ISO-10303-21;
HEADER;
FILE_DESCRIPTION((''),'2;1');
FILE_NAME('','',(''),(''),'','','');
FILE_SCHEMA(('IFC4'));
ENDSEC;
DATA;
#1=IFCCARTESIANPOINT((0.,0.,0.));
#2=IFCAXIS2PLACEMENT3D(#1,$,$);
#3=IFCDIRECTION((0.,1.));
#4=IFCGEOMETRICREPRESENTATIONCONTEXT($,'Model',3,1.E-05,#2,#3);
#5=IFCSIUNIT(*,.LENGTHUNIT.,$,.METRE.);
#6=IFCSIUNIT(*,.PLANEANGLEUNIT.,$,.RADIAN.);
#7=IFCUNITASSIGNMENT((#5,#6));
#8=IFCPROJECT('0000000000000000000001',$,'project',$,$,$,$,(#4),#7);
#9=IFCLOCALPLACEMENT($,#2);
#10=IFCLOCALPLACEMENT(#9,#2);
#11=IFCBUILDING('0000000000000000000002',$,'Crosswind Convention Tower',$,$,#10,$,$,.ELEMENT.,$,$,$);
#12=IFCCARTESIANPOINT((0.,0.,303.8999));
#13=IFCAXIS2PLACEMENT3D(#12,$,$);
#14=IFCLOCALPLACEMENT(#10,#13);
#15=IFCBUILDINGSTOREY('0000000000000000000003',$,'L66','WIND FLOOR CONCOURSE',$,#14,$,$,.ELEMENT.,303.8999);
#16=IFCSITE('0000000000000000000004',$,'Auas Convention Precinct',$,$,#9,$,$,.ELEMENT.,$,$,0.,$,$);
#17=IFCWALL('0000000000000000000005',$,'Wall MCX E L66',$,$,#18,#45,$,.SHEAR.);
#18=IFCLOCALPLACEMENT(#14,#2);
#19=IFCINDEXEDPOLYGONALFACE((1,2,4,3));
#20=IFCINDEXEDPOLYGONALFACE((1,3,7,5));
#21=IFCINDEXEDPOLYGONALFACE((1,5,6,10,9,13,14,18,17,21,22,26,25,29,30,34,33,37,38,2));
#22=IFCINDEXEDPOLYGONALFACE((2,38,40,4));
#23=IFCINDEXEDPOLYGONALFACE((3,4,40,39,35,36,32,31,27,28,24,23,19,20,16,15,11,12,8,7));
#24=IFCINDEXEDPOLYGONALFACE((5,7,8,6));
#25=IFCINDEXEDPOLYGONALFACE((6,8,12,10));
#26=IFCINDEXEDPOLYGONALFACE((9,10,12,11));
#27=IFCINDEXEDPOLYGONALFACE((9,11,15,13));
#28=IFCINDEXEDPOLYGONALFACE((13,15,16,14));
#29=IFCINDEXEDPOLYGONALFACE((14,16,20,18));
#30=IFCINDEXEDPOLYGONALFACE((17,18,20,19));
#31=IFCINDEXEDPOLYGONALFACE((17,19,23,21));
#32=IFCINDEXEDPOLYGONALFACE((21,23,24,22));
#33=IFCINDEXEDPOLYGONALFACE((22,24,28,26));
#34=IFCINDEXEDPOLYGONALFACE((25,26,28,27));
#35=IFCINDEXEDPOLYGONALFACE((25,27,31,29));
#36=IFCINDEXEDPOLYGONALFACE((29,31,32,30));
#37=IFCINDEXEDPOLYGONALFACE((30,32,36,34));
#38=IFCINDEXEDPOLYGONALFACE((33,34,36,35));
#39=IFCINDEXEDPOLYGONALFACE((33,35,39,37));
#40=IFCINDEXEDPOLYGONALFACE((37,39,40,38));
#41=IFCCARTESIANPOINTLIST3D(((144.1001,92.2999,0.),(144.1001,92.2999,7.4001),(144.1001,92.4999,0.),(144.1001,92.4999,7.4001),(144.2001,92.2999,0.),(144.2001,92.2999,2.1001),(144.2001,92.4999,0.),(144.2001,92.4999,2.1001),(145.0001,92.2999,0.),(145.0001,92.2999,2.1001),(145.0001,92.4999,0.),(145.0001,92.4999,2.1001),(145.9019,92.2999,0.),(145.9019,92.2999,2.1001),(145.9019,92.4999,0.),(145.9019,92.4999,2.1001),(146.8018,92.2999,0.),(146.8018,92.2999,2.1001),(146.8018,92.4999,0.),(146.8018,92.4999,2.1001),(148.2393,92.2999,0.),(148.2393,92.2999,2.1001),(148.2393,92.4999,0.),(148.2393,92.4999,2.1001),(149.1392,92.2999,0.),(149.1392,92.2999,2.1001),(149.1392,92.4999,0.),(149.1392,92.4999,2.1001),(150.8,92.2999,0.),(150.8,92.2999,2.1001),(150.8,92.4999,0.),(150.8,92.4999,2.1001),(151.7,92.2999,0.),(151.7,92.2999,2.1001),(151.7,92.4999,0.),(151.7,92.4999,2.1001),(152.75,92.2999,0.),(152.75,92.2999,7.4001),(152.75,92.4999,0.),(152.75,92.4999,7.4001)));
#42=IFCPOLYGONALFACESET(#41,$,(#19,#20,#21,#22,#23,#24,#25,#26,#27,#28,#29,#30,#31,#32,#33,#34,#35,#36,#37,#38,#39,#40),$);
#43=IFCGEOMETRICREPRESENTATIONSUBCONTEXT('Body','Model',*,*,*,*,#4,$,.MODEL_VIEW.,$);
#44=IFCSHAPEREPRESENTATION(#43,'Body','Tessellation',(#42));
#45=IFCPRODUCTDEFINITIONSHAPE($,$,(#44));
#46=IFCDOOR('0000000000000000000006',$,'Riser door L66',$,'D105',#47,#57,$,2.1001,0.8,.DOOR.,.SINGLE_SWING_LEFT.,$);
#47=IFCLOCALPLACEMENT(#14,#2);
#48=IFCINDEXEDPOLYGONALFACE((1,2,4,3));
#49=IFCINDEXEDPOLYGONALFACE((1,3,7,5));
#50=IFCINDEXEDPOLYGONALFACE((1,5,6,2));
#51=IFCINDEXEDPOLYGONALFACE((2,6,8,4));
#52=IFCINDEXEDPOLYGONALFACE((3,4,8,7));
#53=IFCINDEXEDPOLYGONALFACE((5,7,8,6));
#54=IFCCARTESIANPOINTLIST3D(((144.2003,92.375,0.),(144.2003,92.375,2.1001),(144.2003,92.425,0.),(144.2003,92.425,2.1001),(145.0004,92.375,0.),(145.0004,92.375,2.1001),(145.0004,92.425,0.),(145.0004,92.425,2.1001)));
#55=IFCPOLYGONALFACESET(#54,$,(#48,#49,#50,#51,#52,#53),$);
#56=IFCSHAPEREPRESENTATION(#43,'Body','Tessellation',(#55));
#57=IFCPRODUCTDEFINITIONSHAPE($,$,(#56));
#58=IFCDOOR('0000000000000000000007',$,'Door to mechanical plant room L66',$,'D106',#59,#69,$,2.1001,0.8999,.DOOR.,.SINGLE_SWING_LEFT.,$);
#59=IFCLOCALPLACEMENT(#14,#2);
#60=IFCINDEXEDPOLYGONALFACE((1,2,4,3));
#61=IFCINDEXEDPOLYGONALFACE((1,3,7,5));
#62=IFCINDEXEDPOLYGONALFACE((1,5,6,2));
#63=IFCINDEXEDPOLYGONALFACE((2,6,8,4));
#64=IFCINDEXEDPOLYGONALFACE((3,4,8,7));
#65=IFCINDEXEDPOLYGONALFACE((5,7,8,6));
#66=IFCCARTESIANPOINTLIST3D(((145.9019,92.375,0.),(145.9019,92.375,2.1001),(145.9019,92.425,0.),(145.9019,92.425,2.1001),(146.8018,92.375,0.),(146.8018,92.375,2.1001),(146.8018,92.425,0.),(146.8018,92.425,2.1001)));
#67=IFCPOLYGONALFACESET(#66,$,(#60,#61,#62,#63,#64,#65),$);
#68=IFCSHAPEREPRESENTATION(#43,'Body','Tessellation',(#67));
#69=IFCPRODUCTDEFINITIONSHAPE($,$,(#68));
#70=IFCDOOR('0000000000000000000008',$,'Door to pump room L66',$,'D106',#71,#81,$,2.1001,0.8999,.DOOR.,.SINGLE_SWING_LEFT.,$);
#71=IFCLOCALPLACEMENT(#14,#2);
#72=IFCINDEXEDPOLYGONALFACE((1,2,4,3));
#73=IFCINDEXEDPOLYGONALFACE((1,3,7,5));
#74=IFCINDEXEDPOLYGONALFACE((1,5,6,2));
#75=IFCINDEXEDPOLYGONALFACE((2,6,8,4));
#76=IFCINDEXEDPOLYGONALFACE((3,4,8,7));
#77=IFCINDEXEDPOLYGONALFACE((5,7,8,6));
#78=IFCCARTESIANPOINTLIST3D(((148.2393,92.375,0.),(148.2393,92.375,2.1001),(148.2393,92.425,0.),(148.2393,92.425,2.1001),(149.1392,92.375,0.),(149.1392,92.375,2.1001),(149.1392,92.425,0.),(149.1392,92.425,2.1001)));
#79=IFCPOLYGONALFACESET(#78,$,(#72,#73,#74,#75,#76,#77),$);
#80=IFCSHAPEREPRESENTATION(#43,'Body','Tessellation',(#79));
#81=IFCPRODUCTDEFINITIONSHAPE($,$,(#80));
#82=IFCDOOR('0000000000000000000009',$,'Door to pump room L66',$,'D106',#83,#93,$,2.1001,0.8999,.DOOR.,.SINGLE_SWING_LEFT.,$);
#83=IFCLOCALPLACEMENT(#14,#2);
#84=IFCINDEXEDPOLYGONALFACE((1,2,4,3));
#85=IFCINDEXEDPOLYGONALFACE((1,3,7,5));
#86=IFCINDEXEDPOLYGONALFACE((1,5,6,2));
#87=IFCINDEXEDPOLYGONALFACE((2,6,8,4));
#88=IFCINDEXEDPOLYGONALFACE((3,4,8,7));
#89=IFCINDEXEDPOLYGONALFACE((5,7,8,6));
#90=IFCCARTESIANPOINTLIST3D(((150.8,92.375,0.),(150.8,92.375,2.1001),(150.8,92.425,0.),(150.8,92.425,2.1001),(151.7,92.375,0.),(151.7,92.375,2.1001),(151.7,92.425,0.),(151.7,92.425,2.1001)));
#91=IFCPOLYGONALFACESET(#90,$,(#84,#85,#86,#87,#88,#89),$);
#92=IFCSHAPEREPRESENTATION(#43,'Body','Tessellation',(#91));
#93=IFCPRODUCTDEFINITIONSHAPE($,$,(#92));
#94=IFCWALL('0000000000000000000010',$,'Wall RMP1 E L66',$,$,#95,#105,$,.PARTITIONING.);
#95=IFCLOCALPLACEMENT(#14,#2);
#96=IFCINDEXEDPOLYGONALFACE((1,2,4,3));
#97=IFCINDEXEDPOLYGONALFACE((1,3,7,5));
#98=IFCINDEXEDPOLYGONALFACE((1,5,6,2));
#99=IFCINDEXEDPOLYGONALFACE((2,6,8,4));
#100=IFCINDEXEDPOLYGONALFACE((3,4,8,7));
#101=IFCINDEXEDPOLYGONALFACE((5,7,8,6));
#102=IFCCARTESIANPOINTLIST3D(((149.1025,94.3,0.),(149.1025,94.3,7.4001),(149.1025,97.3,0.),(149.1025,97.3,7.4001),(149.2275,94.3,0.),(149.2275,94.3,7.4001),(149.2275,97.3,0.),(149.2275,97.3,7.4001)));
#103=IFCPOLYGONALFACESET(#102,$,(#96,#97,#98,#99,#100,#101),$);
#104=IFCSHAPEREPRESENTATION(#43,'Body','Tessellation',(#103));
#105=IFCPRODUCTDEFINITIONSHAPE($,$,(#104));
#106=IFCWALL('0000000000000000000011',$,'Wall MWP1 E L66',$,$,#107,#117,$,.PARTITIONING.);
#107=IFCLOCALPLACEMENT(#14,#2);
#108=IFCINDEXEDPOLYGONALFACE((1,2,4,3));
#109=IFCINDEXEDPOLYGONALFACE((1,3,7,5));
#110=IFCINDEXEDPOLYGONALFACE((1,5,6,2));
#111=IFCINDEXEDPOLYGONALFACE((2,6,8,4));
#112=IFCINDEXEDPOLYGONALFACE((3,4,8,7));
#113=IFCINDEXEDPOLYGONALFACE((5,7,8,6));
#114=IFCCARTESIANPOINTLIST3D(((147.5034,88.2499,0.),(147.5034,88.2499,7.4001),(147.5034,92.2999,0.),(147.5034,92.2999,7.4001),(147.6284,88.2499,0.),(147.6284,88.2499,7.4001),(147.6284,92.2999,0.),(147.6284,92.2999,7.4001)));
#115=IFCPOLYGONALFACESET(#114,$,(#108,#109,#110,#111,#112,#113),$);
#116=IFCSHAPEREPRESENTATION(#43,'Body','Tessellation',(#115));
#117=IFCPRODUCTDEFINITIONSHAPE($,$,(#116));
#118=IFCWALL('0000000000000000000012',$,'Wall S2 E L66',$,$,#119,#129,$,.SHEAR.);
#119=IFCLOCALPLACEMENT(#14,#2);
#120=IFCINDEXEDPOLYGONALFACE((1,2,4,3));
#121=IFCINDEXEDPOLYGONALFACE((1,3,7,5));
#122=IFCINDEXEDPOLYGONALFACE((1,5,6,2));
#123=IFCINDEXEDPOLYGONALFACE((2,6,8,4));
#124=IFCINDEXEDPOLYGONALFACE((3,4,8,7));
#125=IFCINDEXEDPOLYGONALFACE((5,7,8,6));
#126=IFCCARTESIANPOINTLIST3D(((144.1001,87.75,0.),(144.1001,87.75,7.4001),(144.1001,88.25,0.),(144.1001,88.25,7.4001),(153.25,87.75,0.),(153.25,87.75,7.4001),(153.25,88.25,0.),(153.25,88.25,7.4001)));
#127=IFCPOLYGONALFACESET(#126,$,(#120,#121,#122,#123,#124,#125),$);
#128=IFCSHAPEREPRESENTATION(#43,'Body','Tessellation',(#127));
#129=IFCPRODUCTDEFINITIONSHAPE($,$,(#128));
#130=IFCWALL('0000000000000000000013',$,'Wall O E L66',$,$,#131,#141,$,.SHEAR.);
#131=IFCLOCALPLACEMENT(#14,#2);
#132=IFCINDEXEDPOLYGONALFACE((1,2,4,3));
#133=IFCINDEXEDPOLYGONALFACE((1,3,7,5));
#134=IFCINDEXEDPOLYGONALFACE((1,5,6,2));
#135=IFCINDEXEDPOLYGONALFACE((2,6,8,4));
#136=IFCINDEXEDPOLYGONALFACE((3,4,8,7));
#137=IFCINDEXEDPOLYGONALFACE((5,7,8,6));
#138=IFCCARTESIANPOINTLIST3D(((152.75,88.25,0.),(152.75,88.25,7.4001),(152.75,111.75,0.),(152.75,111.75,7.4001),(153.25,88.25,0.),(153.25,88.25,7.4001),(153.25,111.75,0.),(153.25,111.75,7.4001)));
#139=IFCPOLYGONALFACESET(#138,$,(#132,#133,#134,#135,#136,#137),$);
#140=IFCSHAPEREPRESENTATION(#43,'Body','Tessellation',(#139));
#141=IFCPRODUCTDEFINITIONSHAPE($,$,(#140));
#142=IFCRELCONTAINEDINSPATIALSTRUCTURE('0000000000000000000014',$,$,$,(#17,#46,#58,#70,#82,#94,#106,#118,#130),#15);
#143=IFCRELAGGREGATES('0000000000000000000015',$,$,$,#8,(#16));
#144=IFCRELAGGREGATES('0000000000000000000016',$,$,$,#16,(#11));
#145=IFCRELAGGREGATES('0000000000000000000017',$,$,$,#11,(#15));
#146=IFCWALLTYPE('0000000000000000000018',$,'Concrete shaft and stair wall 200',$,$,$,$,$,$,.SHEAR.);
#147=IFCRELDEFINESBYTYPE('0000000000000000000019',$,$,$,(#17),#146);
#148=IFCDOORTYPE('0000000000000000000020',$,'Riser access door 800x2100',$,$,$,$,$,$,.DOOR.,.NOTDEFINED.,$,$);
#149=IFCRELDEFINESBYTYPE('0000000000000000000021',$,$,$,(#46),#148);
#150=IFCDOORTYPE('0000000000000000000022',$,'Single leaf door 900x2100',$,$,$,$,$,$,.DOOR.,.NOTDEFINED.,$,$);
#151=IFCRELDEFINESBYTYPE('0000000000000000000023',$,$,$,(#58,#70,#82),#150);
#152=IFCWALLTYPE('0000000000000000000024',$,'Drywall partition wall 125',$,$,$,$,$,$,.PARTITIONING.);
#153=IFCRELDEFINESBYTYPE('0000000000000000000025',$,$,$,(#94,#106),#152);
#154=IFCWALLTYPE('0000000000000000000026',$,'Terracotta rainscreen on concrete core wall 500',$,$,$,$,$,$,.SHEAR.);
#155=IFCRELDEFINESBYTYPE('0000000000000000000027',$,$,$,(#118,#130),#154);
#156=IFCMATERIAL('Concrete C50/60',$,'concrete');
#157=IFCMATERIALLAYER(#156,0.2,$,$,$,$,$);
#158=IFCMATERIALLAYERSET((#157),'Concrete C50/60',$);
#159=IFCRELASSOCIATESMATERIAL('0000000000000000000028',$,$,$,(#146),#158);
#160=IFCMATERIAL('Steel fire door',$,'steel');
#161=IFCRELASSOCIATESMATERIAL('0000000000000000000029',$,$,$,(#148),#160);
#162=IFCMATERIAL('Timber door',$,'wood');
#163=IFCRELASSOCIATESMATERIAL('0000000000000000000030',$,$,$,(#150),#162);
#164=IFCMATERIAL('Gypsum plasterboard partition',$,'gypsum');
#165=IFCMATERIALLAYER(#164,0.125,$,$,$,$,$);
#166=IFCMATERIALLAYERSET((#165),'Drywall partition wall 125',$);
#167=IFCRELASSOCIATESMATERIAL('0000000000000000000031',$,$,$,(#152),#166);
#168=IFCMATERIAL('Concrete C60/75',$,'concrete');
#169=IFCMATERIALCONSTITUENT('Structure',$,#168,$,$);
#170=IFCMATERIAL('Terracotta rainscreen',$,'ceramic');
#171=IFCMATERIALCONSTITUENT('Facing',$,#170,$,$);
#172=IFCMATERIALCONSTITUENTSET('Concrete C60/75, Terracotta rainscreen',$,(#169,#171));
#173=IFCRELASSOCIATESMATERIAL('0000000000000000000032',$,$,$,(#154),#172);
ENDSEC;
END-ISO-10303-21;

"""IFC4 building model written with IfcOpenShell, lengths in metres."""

from ifc_helpers import new_model, si_unit, direction, frame, frame_2d, origin, place, context, subcontext, project, spatial, rectangle, extrude, material, layer, layer_set, constituent, constituent_set, type_object, element, fill, save


model = new_model("IFC4")

# Units and contexts
model_context = context("Model", 3, precision=1e-05, world=origin(), true_north=direction((0.0, 1.0)))
body_context = subcontext(model_context, "Body", "Model", "MODEL_VIEW")
ifc_project = project(units=[si_unit("LENGTHUNIT", "METRE"), si_unit("PLANEANGLEUNIT", "RADIAN")], contexts=[model_context])

# Site, building, storey
site_placement = place(None, origin())
site = spatial("IfcSite", under=ifc_project, at=site_placement, Name="Auas Convention Precinct", CompositionType="ELEMENT", RefElevation=0.0)
building_placement = place(site_placement, origin())
building = spatial("IfcBuilding", under=site, at=building_placement, Name="Crosswind Convention Tower", CompositionType="ELEMENT")
storey_placement = place(building_placement, frame((0.0, 0.0, 303.8999)))
storey = spatial("IfcBuildingStorey", under=building, at=storey_placement, Name="L66", Description="WIND FLOOR CONCOURSE", CompositionType="ELEMENT", Elevation=303.8999)

# Shared definitions
ifc_material_1 = material(Name="Concrete C50/60", Category="concrete")
ifc_layer_1 = layer(ifc_material_1, 0.2)
ifc_layer_set_1 = layer_set([ifc_layer_1], Name="Concrete C50/60")
wall_type_1 = type_object("IfcWallType", Name="Concrete shaft and stair wall 200", PredefinedType="SHEAR", material=ifc_layer_set_1)

# Shared definitions
ifc_material_2 = material(Name="Steel fire door", Category="steel")

# Wall, openings, doors
wall_1_placement = place(storey_placement, frame((144.1001, 92.3999, 0.0), z_axis=(0.0, 0.0, 1.0), x_axis=(1.0, 0.0, 0.0)))
wall_1 = element("IfcWall", 1, at=wall_1_placement, inside=storey, type_object=wall_type_1, Name="Wall MCX E L66", PredefinedType="SHEAR", context=body_context, shape_type="SweptSolid", body=[
    extrude(rectangle(XDim=8.6499, YDim=0.2, at=frame_2d((4.325, 0.0))), origin(), (0.0, 0.0, 1.0), 7.4001),
])
opening_1_placement = place(wall_1_placement, frame((0.1001, 0.0, 0.0)))
opening_1 = element("IfcOpeningElement", 2, at=opening_1_placement, cuts=wall_1, PredefinedType="OPENING", context=body_context, shape_type="SweptSolid", body=[
    extrude(rectangle(XDim=0.8, YDim=2.1001, at=frame_2d((0.3999, 1.05))), frame((0.0, 0.1099, 0.0), z_axis=(0.0, -1.0, 0.0), x_axis=(1.0, 0.0, 0.0)), (0.0, 0.0, 1.0), 0.22),
])
opening_2_placement = place(wall_1_placement, frame((1.8018, 0.0, 0.0)))
opening_2 = element("IfcOpeningElement", 3, at=opening_2_placement, cuts=wall_1, PredefinedType="OPENING", context=body_context, shape_type="SweptSolid", body=[
    extrude(rectangle(XDim=0.8999, YDim=2.1001, at=frame_2d((0.45, 1.05))), frame((0.0, 0.1099, 0.0), z_axis=(0.0, -1.0, 0.0), x_axis=(1.0, 0.0, 0.0)), (0.0, 0.0, 1.0), 0.22),
])
opening_3_placement = place(wall_1_placement, frame((4.1392, 0.0, 0.0)))
opening_3 = element("IfcOpeningElement", 4, at=opening_3_placement, cuts=wall_1, PredefinedType="OPENING", context=body_context, shape_type="SweptSolid", body=[
    extrude(rectangle(XDim=0.8999, YDim=2.1001, at=frame_2d((0.45, 1.05))), frame((0.0, 0.1099, 0.0), z_axis=(0.0, -1.0, 0.0), x_axis=(1.0, 0.0, 0.0)), (0.0, 0.0, 1.0), 0.22),
])
opening_4_placement = place(wall_1_placement, frame((6.7, 0.0, 0.0)))
opening_4 = element("IfcOpeningElement", 5, at=opening_4_placement, cuts=wall_1, PredefinedType="OPENING", context=body_context, shape_type="SweptSolid", body=[
    extrude(rectangle(XDim=0.8999, YDim=2.1001, at=frame_2d((0.45, 1.05))), frame((0.0, 0.1099, 0.0), z_axis=(0.0, -1.0, 0.0), x_axis=(1.0, 0.0, 0.0)), (0.0, 0.0, 1.0), 0.22),
])
door_type_1 = type_object("IfcDoorType", Name="Riser access door 800x2100", OperationType="NOTDEFINED", PredefinedType="DOOR", material=ifc_material_2)
door_1_placement = place(opening_1_placement, frame((0.8, 0.0, 0.0), z_axis=(0.0, 0.0, 1.0), x_axis=(-1.0, 0.0, 0.0)))
door_1 = element("IfcDoor", 6, at=door_1_placement, inside=storey, type_object=door_type_1, Name="Riser door L66", ObjectType="D105", OperationType="SINGLE_SWING_LEFT", OverallHeight=2.1001, OverallWidth=0.8, PredefinedType="DOOR", context=body_context, shape_type="SweptSolid", body=[
    extrude(rectangle(XDim=0.8, YDim=2.1001, at=frame_2d((0.3999, 1.05))), frame((0.0, 0.0249, 0.0), z_axis=(0.0, -1.0, 0.0), x_axis=(1.0, 0.0, 0.0)), (0.0, 0.0, 1.0), 0.05),
])
fill(opening_1, door_1)
ifc_material_3 = material(Name="Timber door", Category="wood")
door_type_2 = type_object("IfcDoorType", Name="Single leaf door 900x2100", OperationType="NOTDEFINED", PredefinedType="DOOR", material=ifc_material_3)
door_2_placement = place(opening_2_placement, frame((0.8999, 0.0, 0.0), z_axis=(0.0, 0.0, 1.0), x_axis=(-1.0, 0.0, 0.0)))
door_2 = element("IfcDoor", 7, at=door_2_placement, inside=storey, type_object=door_type_2, Name="Door to mechanical plant room L66", ObjectType="D106", OperationType="SINGLE_SWING_LEFT", OverallHeight=2.1001, OverallWidth=0.8999, PredefinedType="DOOR", context=body_context, shape_type="SweptSolid", body=[
    extrude(rectangle(XDim=0.8999, YDim=2.1001, at=frame_2d((0.45, 1.05))), frame((0.0, 0.0249, 0.0), z_axis=(0.0, -1.0, 0.0), x_axis=(1.0, 0.0, 0.0)), (0.0, 0.0, 1.0), 0.05),
])
fill(opening_2, door_2)
door_3_placement = place(opening_3_placement, frame((0.8999, 0.0, 0.0), z_axis=(0.0, 0.0, 1.0), x_axis=(-1.0, 0.0, 0.0)))
door_3 = element("IfcDoor", 8, at=door_3_placement, inside=storey, type_object=door_type_2, Name="Door to pump room L66", ObjectType="D106", OperationType="SINGLE_SWING_LEFT", OverallHeight=2.1001, OverallWidth=0.8999, PredefinedType="DOOR", context=body_context, shape_type="SweptSolid", body=[
    extrude(rectangle(XDim=0.8999, YDim=2.1001, at=frame_2d((0.45, 1.05))), frame((0.0, 0.0249, 0.0), z_axis=(0.0, -1.0, 0.0), x_axis=(1.0, 0.0, 0.0)), (0.0, 0.0, 1.0), 0.05),
])
fill(opening_3, door_3)
door_4_placement = place(opening_4_placement, frame((0.8999, 0.0, 0.0), z_axis=(0.0, 0.0, 1.0), x_axis=(-1.0, 0.0, 0.0)))
door_4 = element("IfcDoor", 9, at=door_4_placement, inside=storey, type_object=door_type_2, Name="Door to pump room L66", ObjectType="D106", OperationType="SINGLE_SWING_LEFT", OverallHeight=2.1001, OverallWidth=0.8999, PredefinedType="DOOR", context=body_context, shape_type="SweptSolid", body=[
    extrude(rectangle(XDim=0.8999, YDim=2.1001, at=frame_2d((0.45, 1.05))), frame((0.0, 0.0249, 0.0), z_axis=(0.0, -1.0, 0.0), x_axis=(1.0, 0.0, 0.0)), (0.0, 0.0, 1.0), 0.05),
])
fill(opening_4, door_4)

# Walls
ifc_material_4 = material(Name="Gypsum plasterboard partition", Category="gypsum")
ifc_layer_2 = layer(ifc_material_4, 0.125)
ifc_layer_set_2 = layer_set([ifc_layer_2], Name="Drywall partition wall 125")
wall_type_2 = type_object("IfcWallType", Name="Drywall partition wall 125", PredefinedType="PARTITIONING", material=ifc_layer_set_2)
wall_2_placement = place(storey_placement, frame((149.165, 94.3, 0.0), z_axis=(0.0, 0.0, 1.0), x_axis=(0.0, 1.0, 0.0)))
element("IfcWall", 10, at=wall_2_placement, inside=storey, type_object=wall_type_2, Name="Wall RMP1 E L66", PredefinedType="PARTITIONING", context=body_context, shape_type="SweptSolid", body=[
    extrude(rectangle(XDim=3.0, YDim=0.125, at=frame_2d((1.5, 0.0))), origin(), (0.0, 0.0, 1.0), 7.4001),
])
wall_3_placement = place(storey_placement, frame((147.5659, 88.25, 0.0), z_axis=(0.0, 0.0, 1.0), x_axis=(0.0, 1.0, 0.0)))
element("IfcWall", 11, at=wall_3_placement, inside=storey, type_object=wall_type_2, Name="Wall MWP1 E L66", PredefinedType="PARTITIONING", context=body_context, shape_type="SweptSolid", body=[
    extrude(rectangle(XDim=4.05, YDim=0.125, at=frame_2d((2.0249, 0.0))), origin(), (0.0, 0.0, 1.0), 7.4001),
])
ifc_material_5 = material(Name="Concrete C60/75", Category="concrete")
ifc_constituent_1 = constituent(ifc_material_5, Name="Structure")
ifc_material_6 = material(Name="Terracotta rainscreen", Category="ceramic")
ifc_constituent_2 = constituent(ifc_material_6, Name="Facing")
ifc_constituent_set = constituent_set(constituents=[ifc_constituent_1, ifc_constituent_2], Name="Concrete C60/75, Terracotta rainscreen")
wall_type_3 = type_object("IfcWallType", Name="Terracotta rainscreen on concrete core wall 500", PredefinedType="SHEAR", material=ifc_constituent_set)
wall_4_placement = place(storey_placement, frame((144.1001, 88.0, 0.0), z_axis=(0.0, 0.0, 1.0), x_axis=(1.0, 0.0, 0.0)))
element("IfcWall", 12, at=wall_4_placement, inside=storey, type_object=wall_type_3, Name="Wall S2 E L66", PredefinedType="SHEAR", context=body_context, shape_type="SweptSolid", body=[
    extrude(rectangle(XDim=9.1499, YDim=0.5, at=frame_2d((4.575, 0.0))), origin(), (0.0, 0.0, 1.0), 7.4001),
])
wall_5_placement = place(storey_placement, frame((153.0, 88.25, 0.0), z_axis=(0.0, 0.0, 1.0), x_axis=(0.0, 1.0, 0.0)))
element("IfcWall", 13, at=wall_5_placement, inside=storey, type_object=wall_type_3, Name="Wall O E L66", PredefinedType="SHEAR", context=body_context, shape_type="SweptSolid", body=[
    extrude(rectangle(XDim=23.5, YDim=0.5, at=frame_2d((11.75, 0.0))), origin(), (0.0, 0.0, 1.0), 7.4001),
])

save(model, "model.ifc")
